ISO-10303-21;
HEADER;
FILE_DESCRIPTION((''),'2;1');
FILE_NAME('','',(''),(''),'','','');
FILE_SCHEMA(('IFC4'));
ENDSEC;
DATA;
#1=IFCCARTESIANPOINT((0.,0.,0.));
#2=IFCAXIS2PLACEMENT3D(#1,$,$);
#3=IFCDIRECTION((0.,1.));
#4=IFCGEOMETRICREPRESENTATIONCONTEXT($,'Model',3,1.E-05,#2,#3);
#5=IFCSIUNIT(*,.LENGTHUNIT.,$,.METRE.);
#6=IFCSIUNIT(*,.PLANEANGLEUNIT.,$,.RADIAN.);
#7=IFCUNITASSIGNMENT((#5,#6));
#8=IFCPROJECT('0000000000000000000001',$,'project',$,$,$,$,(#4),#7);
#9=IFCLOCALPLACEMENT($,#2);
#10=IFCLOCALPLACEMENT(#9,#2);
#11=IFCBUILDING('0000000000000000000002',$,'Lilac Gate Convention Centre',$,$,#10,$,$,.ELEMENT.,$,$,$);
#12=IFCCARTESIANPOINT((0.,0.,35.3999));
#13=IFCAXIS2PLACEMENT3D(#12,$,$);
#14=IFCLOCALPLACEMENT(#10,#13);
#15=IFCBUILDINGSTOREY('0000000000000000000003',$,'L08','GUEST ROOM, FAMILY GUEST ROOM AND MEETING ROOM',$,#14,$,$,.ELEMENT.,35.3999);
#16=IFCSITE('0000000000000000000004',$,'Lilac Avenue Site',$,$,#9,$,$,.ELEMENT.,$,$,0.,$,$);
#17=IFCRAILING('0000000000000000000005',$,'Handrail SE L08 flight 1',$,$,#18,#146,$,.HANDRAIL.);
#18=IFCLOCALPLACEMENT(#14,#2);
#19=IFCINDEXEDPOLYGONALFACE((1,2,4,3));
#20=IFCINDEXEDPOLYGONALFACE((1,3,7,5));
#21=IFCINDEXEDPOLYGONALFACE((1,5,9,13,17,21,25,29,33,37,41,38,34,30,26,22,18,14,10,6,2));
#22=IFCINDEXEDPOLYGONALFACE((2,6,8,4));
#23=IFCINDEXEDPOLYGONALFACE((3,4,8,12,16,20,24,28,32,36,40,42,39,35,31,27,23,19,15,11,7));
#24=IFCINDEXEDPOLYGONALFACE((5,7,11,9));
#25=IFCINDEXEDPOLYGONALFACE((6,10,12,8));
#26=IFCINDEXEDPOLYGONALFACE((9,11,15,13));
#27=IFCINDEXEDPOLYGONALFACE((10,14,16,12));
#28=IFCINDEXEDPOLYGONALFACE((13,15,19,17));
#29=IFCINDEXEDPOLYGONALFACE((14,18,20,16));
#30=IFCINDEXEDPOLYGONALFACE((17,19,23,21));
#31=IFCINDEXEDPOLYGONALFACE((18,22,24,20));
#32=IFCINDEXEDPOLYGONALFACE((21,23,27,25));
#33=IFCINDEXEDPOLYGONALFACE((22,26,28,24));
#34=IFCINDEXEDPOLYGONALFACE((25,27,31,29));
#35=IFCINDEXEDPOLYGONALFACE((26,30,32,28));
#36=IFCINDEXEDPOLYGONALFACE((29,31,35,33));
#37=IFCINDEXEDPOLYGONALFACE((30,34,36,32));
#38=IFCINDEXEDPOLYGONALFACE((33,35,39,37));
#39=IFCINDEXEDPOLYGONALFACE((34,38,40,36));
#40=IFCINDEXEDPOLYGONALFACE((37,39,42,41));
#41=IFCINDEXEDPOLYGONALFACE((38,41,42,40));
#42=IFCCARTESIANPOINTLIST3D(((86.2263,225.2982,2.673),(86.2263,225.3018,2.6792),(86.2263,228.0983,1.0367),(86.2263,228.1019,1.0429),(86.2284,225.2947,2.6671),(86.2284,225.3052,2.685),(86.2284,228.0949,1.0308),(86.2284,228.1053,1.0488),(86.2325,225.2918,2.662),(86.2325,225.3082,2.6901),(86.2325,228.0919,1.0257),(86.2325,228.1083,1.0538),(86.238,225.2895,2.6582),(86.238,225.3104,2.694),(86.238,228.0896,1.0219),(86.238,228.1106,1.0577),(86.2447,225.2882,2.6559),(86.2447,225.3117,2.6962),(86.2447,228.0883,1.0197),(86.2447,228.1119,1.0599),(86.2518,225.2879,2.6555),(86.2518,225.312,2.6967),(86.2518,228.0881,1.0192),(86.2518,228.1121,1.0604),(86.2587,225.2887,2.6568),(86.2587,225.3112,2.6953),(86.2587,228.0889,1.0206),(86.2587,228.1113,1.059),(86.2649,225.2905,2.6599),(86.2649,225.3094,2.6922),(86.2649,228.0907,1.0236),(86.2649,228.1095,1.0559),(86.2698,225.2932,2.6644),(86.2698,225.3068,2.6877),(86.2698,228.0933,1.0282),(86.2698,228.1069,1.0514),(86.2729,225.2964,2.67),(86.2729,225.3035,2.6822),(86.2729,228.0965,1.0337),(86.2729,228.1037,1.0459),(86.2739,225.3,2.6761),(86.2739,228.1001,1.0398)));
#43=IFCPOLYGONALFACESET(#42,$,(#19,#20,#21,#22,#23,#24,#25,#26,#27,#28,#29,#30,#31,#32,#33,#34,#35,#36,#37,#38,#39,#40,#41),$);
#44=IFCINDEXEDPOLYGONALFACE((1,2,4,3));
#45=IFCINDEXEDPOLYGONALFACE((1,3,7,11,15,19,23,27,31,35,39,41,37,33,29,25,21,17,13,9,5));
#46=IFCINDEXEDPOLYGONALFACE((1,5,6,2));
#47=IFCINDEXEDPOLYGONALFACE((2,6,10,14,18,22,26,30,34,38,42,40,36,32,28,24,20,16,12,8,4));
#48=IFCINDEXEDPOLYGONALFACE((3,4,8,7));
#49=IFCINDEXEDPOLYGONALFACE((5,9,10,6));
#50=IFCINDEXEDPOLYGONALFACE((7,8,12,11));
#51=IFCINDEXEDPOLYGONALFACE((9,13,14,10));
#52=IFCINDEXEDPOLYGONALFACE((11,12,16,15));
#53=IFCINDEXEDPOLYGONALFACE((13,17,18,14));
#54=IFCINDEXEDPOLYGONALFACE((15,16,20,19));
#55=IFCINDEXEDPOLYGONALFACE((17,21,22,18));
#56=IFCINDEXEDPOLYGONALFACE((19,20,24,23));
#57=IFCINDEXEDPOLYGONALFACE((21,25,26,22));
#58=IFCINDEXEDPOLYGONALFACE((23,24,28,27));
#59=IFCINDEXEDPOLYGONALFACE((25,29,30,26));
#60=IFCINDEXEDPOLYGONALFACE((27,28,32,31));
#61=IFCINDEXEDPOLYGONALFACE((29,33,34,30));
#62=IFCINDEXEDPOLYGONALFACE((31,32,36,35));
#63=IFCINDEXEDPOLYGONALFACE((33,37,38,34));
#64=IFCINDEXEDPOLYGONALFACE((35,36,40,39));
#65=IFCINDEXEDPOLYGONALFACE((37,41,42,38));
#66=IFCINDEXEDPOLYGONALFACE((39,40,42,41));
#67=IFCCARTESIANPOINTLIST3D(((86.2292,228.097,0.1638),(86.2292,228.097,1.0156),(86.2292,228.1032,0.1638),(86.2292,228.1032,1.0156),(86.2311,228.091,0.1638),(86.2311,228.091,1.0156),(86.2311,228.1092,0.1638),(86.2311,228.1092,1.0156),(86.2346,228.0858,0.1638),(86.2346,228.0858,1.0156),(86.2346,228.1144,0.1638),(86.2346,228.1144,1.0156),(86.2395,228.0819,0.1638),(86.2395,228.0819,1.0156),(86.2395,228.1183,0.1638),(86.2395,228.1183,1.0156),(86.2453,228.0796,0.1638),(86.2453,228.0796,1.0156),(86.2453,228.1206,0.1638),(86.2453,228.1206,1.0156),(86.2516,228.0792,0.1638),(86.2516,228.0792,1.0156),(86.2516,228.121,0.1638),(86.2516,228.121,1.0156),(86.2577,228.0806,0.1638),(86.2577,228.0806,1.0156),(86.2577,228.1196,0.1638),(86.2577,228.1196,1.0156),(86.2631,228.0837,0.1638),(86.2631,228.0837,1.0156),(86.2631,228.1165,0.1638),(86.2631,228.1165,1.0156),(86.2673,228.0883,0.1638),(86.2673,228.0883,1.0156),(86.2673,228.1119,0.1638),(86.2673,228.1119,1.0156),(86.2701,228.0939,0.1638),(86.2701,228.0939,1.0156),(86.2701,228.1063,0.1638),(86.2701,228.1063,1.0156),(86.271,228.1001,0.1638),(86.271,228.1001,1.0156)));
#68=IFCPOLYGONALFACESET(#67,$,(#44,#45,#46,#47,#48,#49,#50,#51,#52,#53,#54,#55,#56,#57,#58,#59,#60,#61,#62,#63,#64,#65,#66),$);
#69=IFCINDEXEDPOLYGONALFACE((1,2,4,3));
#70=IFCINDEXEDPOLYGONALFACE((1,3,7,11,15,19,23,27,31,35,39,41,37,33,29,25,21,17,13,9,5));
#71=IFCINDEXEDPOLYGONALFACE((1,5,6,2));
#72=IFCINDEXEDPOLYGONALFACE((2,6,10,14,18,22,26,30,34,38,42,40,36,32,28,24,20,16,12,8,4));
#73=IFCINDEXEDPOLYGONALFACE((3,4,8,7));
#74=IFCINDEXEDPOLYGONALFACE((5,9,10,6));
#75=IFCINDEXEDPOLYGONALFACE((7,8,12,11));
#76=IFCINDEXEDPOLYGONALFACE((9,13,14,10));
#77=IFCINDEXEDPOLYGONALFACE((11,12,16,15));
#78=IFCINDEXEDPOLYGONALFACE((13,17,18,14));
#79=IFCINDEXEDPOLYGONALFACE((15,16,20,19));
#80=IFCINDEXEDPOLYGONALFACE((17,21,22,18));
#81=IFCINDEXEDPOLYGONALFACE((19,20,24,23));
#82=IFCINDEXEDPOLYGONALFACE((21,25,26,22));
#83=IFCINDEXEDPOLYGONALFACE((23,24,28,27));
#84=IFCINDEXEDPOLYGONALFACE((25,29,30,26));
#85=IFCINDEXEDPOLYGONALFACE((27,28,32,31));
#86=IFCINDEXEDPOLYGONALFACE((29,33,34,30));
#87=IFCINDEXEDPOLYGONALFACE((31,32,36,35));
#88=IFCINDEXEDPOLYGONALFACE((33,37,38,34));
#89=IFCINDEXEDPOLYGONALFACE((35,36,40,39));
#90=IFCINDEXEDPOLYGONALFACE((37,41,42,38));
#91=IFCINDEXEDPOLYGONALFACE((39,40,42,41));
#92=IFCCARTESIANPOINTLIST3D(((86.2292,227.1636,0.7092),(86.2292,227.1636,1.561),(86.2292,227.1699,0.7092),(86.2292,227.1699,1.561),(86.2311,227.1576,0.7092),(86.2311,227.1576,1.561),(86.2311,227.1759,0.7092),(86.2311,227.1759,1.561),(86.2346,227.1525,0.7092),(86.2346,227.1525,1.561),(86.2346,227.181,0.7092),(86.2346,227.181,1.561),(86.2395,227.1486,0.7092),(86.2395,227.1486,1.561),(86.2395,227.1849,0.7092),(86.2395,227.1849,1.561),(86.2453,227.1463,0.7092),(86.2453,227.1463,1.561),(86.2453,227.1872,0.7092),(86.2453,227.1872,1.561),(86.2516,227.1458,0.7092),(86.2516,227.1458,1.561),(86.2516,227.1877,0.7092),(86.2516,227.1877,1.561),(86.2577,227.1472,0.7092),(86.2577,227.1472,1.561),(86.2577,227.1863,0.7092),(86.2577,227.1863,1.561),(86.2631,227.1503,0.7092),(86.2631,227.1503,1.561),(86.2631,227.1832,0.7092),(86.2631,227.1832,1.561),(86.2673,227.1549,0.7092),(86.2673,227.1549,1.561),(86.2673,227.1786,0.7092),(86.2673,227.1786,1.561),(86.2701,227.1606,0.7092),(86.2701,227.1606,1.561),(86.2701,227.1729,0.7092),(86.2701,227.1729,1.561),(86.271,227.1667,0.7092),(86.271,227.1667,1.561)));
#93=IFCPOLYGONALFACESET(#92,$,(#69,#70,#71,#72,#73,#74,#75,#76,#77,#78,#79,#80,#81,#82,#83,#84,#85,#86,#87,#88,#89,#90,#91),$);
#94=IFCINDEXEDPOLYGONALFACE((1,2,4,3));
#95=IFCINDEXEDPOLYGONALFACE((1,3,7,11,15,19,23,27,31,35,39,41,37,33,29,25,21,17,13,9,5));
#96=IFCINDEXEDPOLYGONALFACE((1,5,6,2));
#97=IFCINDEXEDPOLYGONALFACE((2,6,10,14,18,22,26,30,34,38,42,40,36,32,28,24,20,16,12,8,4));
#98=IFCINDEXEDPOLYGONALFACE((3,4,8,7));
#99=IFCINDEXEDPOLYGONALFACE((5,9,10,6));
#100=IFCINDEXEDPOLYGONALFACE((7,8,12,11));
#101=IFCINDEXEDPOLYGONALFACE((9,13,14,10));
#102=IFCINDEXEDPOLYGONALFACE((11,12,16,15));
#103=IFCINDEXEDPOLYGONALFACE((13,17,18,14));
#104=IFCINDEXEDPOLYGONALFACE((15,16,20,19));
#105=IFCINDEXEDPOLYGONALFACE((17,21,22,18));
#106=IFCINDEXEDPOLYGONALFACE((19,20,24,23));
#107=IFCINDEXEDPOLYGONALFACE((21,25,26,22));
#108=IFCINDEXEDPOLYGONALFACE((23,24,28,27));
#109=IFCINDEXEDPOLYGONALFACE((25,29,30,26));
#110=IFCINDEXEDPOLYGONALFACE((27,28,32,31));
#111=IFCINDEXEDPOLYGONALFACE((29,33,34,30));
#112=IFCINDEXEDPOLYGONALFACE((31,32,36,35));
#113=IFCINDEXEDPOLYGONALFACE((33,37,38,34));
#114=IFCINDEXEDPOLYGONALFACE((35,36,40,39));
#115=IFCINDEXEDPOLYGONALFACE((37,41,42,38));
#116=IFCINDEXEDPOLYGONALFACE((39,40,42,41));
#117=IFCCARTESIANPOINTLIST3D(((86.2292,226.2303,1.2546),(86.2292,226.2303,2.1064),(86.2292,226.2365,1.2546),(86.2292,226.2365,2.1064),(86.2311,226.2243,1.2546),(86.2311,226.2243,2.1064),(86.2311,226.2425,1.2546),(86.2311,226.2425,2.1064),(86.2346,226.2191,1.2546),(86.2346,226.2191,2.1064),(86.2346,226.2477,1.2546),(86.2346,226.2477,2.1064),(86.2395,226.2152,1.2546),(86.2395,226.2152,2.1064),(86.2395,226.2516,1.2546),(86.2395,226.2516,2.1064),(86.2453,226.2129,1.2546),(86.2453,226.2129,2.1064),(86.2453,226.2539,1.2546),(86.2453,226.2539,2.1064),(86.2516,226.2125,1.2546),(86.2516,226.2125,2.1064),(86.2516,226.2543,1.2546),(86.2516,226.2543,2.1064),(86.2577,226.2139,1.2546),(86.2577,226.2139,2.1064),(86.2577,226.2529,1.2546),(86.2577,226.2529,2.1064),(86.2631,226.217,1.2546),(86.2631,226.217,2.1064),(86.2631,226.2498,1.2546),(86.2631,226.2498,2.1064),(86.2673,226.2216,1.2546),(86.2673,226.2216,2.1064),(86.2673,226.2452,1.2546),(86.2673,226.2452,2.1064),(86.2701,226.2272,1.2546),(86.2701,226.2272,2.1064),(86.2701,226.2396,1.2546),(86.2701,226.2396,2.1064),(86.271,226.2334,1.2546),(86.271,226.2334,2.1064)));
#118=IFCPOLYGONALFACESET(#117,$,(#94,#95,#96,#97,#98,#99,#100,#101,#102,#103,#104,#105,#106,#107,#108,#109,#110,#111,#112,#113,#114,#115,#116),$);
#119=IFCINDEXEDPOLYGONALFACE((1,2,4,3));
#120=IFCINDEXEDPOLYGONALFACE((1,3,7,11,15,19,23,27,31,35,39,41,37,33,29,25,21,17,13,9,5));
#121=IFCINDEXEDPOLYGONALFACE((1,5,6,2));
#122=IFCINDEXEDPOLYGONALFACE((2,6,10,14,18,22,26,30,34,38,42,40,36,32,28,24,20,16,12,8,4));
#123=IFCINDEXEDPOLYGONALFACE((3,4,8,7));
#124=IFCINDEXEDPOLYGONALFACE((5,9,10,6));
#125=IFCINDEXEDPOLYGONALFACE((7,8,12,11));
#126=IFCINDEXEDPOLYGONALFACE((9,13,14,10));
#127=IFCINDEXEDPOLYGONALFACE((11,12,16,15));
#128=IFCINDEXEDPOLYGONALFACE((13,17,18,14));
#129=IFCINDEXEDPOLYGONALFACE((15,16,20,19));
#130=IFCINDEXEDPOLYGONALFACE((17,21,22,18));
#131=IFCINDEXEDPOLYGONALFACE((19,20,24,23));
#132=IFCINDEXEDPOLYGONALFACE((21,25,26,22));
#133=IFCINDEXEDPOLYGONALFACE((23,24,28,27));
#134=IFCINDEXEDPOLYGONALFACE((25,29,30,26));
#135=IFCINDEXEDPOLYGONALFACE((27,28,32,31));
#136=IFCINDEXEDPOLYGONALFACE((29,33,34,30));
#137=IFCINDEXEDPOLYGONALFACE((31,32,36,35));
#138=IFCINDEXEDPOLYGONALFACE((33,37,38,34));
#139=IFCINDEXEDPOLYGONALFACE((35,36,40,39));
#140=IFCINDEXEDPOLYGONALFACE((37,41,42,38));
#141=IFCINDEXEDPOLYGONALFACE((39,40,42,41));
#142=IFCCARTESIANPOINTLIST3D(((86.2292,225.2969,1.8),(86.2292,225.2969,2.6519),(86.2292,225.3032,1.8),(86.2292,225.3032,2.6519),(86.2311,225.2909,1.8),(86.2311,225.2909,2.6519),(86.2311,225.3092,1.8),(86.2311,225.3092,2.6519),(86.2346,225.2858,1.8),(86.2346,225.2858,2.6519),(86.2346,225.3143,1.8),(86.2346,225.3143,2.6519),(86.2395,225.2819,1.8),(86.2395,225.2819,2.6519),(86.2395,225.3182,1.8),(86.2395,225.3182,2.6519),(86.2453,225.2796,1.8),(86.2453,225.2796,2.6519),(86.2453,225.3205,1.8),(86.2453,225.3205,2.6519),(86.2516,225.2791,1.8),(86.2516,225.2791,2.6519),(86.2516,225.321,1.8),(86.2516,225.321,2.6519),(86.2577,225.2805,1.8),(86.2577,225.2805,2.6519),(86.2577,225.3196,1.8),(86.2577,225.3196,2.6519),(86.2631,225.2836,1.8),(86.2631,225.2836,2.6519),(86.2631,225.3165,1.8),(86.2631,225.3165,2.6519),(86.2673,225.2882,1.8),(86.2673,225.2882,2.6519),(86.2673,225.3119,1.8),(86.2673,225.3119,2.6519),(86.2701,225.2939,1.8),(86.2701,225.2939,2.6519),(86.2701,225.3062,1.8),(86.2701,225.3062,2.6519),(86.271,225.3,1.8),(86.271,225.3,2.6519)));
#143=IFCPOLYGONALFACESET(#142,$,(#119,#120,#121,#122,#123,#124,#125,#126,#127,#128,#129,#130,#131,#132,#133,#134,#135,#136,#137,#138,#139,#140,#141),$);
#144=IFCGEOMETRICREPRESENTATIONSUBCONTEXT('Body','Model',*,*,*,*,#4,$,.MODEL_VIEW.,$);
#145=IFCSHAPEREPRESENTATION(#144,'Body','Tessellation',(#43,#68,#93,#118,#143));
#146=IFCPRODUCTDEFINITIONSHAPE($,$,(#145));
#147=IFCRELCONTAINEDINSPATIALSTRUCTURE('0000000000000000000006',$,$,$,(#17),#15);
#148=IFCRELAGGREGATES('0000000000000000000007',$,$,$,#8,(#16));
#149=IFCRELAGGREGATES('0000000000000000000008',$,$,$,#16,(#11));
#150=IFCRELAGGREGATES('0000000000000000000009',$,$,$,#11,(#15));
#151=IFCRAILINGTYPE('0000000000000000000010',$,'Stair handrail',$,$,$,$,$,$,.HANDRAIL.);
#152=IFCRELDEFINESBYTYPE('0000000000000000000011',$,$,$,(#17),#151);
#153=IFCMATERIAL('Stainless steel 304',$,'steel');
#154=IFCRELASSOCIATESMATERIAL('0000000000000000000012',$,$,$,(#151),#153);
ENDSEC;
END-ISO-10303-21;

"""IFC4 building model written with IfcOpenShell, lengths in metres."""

from ifc_helpers import new_model, si_unit, direction, frame, origin, origin_2d, place, context, subcontext, project, spatial, circle, extrude, material, type_object, element, save


model = new_model("IFC4")

# Units and contexts
model_context = context("Model", 3, precision=1e-05, world=origin(), true_north=direction((0.0, 1.0)))
body_context = subcontext(model_context, "Body", "Model", "MODEL_VIEW")
ifc_project = project(units=[si_unit("LENGTHUNIT", "METRE"), si_unit("PLANEANGLEUNIT", "RADIAN")], contexts=[model_context])

# Site, building, storey
site_placement = place(None, origin())
site = spatial("IfcSite", under=ifc_project, at=site_placement, Name="Lilac Avenue Site", CompositionType="ELEMENT", RefElevation=0.0)
building_placement = place(site_placement, origin())
building = spatial("IfcBuilding", under=site, at=building_placement, Name="Lilac Gate Convention Centre", CompositionType="ELEMENT")
storey_placement = place(building_placement, frame((0.0, 0.0, 35.3999)))
storey = spatial("IfcBuildingStorey", under=building, at=storey_placement, Name="L08", Description="GUEST ROOM, FAMILY GUEST ROOM AND MEETING ROOM", CompositionType="ELEMENT", Elevation=35.3999)

# Shared definitions
ifc_material_1 = material(Name="Stainless steel 304", Category="steel")

# Railing
railing_type = type_object("IfcRailingType", Name="Stair handrail", PredefinedType="HANDRAIL", material=ifc_material_1)
for number, where, name in (
    (1, (86.25, 228.1001, 0.1638), "Handrail SE L08 flight 1"),
):
    element("IfcRailing", number, at=place(storey_placement, frame(where)), inside=storey, type_object=railing_type, Name=name, PredefinedType="HANDRAIL", context=body_context, shape_type="SweptSolid", body=[
        extrude(circle(Radius=0.0239, at=origin_2d()), frame((0.0, 0.0, 0.876), z_axis=(0.0, -0.863394, 0.504531), x_axis=(1.0, 0.0, 0.0)), (0.0, 0.0, 1.0), 3.2432),
        extrude(circle(Radius=0.021, at=origin_2d()), origin(), (0.0, 0.0, 1.0), 0.8518),
        extrude(circle(Radius=0.021, at=origin_2d()), frame((0.0, -0.9333, 0.5454)), (0.0, 0.0, 1.0), 0.8518),
        extrude(circle(Radius=0.021, at=origin_2d()), frame((0.0, -1.8667, 1.0908)), (0.0, 0.0, 1.0), 0.8518),
        extrude(circle(Radius=0.021, at=origin_2d()), frame((0.0, -2.8, 1.6362)), (0.0, 0.0, 1.0), 0.8518),
    ])

save(model, "model.ifc")
